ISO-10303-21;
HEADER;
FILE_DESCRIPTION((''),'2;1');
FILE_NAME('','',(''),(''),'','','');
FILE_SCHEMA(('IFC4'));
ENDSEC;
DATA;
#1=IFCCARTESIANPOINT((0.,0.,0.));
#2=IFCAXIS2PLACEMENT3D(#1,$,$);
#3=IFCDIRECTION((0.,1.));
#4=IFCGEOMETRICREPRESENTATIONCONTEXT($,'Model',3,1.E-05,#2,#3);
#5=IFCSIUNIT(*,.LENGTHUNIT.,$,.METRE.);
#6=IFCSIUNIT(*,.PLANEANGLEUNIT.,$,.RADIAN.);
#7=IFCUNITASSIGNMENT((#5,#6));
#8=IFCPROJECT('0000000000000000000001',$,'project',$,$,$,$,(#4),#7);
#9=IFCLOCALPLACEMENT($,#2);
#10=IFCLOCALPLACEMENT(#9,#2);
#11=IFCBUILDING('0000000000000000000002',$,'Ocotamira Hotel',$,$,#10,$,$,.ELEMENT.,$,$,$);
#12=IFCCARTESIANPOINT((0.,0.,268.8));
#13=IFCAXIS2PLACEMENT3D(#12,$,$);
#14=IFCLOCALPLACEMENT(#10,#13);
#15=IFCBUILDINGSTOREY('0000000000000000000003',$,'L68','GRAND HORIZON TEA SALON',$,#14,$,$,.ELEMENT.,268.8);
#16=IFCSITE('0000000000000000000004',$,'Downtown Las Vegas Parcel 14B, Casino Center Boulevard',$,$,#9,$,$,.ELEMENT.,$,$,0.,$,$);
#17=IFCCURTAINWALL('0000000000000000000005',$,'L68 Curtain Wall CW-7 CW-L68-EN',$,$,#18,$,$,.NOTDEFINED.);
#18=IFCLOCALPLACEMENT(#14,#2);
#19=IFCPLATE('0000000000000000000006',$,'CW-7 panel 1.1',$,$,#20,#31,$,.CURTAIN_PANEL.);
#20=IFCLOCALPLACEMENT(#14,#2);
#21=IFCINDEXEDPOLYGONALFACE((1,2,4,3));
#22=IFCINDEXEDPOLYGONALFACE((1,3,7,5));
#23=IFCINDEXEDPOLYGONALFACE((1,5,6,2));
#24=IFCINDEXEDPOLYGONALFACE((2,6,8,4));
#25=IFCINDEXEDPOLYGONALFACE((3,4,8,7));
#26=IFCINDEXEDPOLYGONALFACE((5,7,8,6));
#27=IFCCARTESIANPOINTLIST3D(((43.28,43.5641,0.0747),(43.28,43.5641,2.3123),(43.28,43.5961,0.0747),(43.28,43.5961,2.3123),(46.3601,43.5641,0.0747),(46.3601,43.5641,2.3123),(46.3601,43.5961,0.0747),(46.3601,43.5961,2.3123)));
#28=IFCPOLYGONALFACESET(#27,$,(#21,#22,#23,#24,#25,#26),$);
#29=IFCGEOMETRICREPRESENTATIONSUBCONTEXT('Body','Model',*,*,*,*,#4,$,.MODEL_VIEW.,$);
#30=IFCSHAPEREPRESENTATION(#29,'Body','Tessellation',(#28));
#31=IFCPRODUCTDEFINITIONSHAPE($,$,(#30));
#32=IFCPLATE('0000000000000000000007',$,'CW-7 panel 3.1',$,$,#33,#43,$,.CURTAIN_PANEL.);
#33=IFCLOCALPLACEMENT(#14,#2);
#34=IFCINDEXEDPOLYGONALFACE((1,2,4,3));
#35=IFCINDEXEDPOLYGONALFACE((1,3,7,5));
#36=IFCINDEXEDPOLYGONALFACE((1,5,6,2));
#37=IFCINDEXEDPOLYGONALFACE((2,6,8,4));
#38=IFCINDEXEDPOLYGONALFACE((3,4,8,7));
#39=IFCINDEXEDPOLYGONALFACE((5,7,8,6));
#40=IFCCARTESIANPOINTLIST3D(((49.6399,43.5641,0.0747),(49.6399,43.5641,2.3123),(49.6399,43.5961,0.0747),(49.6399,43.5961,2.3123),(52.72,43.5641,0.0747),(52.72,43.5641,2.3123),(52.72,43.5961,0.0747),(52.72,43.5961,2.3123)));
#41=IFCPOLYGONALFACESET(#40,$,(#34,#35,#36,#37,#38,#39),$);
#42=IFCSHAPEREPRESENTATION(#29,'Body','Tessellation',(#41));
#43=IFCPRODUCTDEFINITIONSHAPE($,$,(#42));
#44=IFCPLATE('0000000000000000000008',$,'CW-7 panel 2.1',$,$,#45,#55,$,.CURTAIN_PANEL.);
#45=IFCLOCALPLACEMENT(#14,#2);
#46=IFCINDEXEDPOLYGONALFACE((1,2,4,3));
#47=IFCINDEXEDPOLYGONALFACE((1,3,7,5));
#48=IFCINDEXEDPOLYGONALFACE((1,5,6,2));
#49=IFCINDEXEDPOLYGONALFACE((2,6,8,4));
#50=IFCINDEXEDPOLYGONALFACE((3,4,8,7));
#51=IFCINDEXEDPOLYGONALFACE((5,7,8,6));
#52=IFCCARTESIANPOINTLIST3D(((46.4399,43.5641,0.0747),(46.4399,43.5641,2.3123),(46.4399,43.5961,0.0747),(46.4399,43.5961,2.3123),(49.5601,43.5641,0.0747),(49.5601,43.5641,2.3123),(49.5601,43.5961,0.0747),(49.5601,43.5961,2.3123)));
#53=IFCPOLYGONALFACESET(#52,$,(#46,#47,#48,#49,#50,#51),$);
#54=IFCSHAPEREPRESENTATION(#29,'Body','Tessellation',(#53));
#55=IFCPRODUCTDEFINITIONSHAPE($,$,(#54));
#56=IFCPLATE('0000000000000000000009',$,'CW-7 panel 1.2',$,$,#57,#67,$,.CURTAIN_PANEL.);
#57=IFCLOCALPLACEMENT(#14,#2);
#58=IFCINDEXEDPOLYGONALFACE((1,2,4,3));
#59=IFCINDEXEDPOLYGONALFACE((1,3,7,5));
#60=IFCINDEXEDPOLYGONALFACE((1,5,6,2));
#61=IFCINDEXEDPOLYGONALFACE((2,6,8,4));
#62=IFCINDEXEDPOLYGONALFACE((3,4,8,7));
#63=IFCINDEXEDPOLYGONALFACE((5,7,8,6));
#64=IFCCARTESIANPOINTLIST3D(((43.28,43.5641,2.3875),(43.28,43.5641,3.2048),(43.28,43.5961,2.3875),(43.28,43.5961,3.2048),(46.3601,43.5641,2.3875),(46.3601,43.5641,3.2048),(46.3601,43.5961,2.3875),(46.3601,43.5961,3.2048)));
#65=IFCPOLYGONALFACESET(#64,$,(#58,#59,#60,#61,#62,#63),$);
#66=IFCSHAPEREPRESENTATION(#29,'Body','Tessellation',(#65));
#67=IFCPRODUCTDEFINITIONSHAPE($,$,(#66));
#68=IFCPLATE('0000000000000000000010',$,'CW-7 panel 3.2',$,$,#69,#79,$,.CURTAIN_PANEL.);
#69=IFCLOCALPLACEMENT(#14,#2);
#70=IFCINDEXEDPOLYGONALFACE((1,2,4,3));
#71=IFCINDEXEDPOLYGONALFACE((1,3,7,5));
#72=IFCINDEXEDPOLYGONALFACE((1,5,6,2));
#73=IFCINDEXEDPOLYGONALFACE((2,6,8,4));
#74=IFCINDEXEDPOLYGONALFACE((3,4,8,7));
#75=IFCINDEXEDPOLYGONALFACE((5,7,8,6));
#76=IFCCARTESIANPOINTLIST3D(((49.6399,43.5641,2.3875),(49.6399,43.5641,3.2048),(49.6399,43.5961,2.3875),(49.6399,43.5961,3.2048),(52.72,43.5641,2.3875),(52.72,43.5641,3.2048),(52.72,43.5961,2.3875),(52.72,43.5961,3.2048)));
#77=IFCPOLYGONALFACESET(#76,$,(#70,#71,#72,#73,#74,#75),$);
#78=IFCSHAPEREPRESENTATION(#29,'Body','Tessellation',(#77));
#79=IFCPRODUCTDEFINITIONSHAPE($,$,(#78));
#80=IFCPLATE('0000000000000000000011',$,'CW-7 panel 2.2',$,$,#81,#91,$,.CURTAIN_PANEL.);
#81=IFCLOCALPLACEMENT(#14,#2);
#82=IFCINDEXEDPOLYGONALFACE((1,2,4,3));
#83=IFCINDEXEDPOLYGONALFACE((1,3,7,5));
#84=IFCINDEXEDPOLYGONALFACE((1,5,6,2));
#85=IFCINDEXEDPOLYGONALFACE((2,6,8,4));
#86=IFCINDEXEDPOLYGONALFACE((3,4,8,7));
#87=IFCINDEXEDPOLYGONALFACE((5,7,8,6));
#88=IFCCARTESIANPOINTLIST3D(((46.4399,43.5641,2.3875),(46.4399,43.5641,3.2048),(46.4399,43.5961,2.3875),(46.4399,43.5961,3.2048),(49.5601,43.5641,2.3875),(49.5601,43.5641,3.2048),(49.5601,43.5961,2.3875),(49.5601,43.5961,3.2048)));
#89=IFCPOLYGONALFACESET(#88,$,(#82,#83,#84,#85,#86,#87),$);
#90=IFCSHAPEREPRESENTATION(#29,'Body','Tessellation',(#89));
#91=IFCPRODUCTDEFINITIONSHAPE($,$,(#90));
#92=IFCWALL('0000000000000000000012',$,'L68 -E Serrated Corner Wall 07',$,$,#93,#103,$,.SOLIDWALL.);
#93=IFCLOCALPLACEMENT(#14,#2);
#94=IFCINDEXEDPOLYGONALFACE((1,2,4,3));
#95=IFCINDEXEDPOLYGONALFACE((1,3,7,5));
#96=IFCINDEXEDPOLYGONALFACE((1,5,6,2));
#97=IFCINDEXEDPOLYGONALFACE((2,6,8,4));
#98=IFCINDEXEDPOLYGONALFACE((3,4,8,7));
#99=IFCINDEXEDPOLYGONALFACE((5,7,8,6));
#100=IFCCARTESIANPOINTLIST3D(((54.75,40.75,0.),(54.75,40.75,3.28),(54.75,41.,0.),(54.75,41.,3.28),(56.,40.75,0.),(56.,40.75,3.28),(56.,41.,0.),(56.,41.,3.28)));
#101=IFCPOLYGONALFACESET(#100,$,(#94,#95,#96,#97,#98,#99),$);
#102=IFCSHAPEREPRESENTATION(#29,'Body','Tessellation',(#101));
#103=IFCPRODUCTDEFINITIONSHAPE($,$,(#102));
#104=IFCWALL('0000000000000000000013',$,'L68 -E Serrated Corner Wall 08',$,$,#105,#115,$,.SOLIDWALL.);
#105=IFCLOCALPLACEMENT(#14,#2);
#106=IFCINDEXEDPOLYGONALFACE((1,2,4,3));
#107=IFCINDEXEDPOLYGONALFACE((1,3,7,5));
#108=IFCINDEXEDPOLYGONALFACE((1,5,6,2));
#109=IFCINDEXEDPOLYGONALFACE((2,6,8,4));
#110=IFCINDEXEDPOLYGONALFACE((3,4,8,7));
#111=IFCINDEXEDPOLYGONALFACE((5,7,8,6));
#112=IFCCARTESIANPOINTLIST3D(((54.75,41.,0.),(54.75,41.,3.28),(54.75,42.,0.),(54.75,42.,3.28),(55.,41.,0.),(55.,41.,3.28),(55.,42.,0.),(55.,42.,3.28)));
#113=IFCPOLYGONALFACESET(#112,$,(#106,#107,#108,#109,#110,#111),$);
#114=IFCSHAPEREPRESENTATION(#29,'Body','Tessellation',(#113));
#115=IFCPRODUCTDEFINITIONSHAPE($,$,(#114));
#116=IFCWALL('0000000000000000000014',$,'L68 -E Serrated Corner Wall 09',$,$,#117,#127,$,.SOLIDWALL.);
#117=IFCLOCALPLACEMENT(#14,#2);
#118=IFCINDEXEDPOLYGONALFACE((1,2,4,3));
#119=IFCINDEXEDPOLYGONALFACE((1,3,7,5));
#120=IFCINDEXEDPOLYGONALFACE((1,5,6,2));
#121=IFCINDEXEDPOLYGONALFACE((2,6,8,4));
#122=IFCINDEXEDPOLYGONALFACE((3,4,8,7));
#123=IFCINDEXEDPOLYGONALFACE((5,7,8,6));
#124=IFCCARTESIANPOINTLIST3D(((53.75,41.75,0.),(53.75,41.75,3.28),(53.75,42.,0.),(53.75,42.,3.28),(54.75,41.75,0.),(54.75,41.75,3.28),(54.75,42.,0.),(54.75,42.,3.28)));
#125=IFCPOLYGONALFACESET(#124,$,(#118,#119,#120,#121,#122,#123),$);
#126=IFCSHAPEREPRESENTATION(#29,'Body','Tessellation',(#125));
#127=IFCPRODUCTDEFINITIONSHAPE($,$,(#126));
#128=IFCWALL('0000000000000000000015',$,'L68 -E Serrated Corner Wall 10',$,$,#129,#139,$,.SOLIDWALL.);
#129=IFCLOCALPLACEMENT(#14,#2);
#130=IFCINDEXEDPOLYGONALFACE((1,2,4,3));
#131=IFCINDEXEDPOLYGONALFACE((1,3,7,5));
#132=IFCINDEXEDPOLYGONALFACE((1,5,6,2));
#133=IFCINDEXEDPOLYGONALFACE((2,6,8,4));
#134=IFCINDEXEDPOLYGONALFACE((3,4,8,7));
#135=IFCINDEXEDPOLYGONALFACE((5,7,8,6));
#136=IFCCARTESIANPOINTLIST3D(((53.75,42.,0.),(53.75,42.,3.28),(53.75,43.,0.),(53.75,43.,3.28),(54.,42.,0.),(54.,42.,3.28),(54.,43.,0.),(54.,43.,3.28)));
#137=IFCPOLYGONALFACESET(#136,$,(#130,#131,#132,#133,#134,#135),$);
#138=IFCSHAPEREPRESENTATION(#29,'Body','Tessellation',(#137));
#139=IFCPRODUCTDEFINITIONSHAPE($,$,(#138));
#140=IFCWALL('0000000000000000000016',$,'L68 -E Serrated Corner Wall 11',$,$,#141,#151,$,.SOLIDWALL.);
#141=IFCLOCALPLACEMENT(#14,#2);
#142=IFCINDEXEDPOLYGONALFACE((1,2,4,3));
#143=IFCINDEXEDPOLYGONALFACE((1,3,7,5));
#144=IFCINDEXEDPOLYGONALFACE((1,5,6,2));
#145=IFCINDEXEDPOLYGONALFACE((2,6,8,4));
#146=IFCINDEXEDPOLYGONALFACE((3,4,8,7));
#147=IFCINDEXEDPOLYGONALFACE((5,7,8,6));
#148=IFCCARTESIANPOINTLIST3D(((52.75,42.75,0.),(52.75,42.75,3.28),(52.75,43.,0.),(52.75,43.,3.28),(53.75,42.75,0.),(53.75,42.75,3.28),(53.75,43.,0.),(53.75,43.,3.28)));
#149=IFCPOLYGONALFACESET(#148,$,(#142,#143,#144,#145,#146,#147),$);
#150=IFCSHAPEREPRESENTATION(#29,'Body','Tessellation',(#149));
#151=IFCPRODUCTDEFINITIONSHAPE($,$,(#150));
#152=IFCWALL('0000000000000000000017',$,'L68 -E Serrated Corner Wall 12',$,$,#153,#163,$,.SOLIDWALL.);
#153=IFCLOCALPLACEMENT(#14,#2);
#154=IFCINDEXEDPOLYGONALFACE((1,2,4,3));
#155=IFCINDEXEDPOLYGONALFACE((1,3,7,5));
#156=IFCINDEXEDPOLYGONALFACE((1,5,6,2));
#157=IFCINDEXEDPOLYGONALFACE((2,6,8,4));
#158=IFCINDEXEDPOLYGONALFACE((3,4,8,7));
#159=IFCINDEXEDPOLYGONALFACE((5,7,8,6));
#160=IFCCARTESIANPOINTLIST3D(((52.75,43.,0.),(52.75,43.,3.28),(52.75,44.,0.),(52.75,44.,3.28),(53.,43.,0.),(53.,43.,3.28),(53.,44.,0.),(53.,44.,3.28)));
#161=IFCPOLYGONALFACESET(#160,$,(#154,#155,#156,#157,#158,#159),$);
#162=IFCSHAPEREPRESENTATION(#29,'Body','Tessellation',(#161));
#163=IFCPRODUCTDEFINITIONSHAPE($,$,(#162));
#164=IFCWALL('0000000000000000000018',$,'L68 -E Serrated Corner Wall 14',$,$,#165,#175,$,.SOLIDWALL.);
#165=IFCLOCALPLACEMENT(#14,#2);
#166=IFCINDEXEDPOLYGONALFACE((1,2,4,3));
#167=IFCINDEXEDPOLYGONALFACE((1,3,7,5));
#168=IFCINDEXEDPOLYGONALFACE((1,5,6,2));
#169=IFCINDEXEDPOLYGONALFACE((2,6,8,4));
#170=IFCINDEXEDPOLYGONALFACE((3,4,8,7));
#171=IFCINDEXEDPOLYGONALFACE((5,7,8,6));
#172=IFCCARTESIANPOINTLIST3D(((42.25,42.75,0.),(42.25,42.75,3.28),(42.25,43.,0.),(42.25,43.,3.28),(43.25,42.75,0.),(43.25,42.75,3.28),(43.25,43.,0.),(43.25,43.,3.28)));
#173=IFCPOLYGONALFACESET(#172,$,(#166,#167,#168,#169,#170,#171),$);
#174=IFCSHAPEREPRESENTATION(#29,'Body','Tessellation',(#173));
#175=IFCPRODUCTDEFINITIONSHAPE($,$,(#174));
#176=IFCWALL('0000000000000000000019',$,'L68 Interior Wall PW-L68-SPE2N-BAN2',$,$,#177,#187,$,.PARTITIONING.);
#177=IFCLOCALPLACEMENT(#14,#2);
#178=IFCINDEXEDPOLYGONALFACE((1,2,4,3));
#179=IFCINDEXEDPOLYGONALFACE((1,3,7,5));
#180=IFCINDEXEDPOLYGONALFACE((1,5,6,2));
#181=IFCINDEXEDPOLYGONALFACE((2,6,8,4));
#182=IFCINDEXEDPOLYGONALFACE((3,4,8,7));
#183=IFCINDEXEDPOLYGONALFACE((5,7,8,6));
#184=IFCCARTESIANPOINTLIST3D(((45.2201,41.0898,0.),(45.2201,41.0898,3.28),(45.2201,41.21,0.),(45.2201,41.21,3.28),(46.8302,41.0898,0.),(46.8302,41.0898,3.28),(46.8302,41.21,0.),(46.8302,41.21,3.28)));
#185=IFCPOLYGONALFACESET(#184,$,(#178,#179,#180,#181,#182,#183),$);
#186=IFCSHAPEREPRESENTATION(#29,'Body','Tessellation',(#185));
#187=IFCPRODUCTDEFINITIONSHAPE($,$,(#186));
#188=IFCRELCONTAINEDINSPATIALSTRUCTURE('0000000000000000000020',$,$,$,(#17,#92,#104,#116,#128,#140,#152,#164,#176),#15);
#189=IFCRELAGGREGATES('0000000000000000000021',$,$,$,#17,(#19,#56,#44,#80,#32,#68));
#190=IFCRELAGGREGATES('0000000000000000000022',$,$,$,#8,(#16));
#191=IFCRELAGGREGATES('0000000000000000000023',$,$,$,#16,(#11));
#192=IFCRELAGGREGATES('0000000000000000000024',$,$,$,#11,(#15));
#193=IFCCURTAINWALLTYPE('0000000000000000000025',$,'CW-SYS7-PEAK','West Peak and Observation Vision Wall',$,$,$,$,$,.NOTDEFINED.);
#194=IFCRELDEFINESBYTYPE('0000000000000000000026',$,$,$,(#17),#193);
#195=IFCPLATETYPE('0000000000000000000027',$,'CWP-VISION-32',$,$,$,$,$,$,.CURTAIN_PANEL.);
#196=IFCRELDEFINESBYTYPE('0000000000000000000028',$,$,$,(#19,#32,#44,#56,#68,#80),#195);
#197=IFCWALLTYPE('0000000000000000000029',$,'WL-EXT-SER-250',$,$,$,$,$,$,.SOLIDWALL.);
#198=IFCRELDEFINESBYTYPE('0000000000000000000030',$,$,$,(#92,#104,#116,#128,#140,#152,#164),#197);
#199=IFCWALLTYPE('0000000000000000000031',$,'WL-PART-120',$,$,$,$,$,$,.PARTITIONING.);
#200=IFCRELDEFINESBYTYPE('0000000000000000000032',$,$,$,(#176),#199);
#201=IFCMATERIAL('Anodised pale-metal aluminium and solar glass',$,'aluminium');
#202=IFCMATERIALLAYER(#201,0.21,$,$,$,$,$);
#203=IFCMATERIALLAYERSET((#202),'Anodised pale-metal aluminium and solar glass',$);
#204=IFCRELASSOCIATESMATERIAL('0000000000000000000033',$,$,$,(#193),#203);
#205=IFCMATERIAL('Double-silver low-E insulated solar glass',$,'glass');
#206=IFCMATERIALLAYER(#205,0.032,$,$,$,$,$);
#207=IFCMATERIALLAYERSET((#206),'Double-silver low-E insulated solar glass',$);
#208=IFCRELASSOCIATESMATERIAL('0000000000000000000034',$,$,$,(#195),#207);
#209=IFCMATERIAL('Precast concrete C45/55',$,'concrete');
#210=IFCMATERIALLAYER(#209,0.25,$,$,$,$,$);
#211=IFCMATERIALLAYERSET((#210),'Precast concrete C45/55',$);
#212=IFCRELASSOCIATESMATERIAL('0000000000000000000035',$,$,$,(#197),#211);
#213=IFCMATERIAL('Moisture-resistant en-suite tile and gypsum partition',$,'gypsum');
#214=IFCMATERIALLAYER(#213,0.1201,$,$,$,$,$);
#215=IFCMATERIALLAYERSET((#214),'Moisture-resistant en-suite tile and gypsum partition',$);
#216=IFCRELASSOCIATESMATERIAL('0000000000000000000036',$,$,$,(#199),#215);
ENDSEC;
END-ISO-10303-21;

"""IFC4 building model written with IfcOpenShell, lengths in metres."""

from ifc_helpers import new_model, si_unit, direction, frame, frame_2d, origin, origin_2d, place, context, subcontext, project, spatial, rectangle, extrude, source, transform, mapped, material, layer, layer_set, type_object, element, aggregate, save


model = new_model("IFC4")

# Units and contexts
model_context = context("Model", 3, precision=1e-05, world=origin(), true_north=direction((0.0, 1.0)))
body_context = subcontext(model_context, "Body", "Model", "MODEL_VIEW")
ifc_project = project(units=[si_unit("LENGTHUNIT", "METRE"), si_unit("PLANEANGLEUNIT", "RADIAN")], contexts=[model_context])

# Site, building, storey
site_placement = place(None, origin())
site = spatial("IfcSite", under=ifc_project, at=site_placement, Name="Downtown Las Vegas Parcel 14B, Casino Center Boulevard", CompositionType="ELEMENT", RefElevation=0.0)
building_placement = place(site_placement, origin())
building = spatial("IfcBuilding", under=site, at=building_placement, Name="Ocotamira Hotel", CompositionType="ELEMENT")
storey_placement = place(building_placement, frame((0.0, 0.0, 268.8)))
storey = spatial("IfcBuildingStorey", under=building, at=storey_placement, Name="L68", Description="GRAND HORIZON TEA SALON", CompositionType="ELEMENT", Elevation=268.8)

# Curtain wall, plates
ifc_material_1 = material(Name="Anodised pale-metal aluminium and solar glass", Category="aluminium")
ifc_layer_1 = layer(ifc_material_1, 0.21)
ifc_layer_set_1 = layer_set([ifc_layer_1], Name="Anodised pale-metal aluminium and solar glass")
curtain_wall_type = type_object("IfcCurtainWallType", Name="CW-SYS7-PEAK", Description="West Peak and Observation Vision Wall", PredefinedType="NOTDEFINED", material=ifc_layer_set_1)
curtain_wall_placement = place(storey_placement, origin())
curtain_wall = element("IfcCurtainWall", 1, at=curtain_wall_placement, inside=storey, type_object=curtain_wall_type, Name="L68 Curtain Wall CW-7 CW-L68-EN", PredefinedType="NOTDEFINED")
ifc_material_2 = material(Name="Double-silver low-E insulated solar glass", Category="glass")
ifc_layer_2 = layer(ifc_material_2, 0.032)
ifc_layer_set_2 = layer_set([ifc_layer_2], Name="Double-silver low-E insulated solar glass")
plate_type = type_object("IfcPlateType", Name="CWP-VISION-32", PredefinedType="CURTAIN_PANEL", material=ifc_layer_set_2)
shared_shape_1 = source(origin(), body_context, "Body", "SweptSolid", [
    extrude(rectangle(XDim=3.0801, YDim=0.032, at=origin_2d()), origin(), (0.0, 0.0, 1.0), 2.2375),
])
plate_1_placement = place(storey_placement, frame((44.8201, 43.5801, 0.0747), z_axis=(0.0, 0.0, 1.0), x_axis=(1.0, 0.0, 0.0)))
plate_1 = element("IfcPlate", 2, at=plate_1_placement, type_object=plate_type, Name="CW-7 panel 1.1", PredefinedType="CURTAIN_PANEL", context=body_context, shape_type="MappedRepresentation", body=[
    mapped(shared_shape_1, transform((0.0, 0.0, 0.0), scale=1.0)),
])
plate_2_placement = place(storey_placement, frame((51.1799, 43.5801, 0.0747), z_axis=(0.0, 0.0, 1.0), x_axis=(1.0, 0.0, 0.0)))
plate_2 = element("IfcPlate", 3, at=plate_2_placement, type_object=plate_type, Name="CW-7 panel 3.1", PredefinedType="CURTAIN_PANEL", context=body_context, shape_type="MappedRepresentation", body=[
    mapped(shared_shape_1, transform((0.0, 0.0, 0.0), scale=1.0)),
])
shared_shape_2 = source(origin(), body_context, "Body", "SweptSolid", [
    extrude(rectangle(XDim=3.1201, YDim=0.032, at=origin_2d()), origin(), (0.0, 0.0, 1.0), 2.2375),
])
plate_3_placement = place(storey_placement, frame((48.0, 43.5801, 0.0747), z_axis=(0.0, 0.0, 1.0), x_axis=(1.0, 0.0, 0.0)))
plate_3 = element("IfcPlate", 4, at=plate_3_placement, type_object=plate_type, Name="CW-7 panel 2.1", PredefinedType="CURTAIN_PANEL", context=body_context, shape_type="MappedRepresentation", body=[
    mapped(shared_shape_2, transform((0.0, 0.0, 0.0), scale=1.0)),
])
shared_shape_3 = source(origin(), body_context, "Body", "SweptSolid", [
    extrude(rectangle(XDim=3.0801, YDim=0.032, at=origin_2d()), origin(), (0.0, 0.0, 1.0), 0.8174),
])
plate_4_placement = place(storey_placement, frame((44.8201, 43.5801, 2.3875), z_axis=(0.0, 0.0, 1.0), x_axis=(1.0, 0.0, 0.0)))
plate_4 = element("IfcPlate", 5, at=plate_4_placement, type_object=plate_type, Name="CW-7 panel 1.2", PredefinedType="CURTAIN_PANEL", context=body_context, shape_type="MappedRepresentation", body=[
    mapped(shared_shape_3, transform((0.0, 0.0, 0.0), scale=1.0)),
])
plate_5_placement = place(storey_placement, frame((51.1799, 43.5801, 2.3875), z_axis=(0.0, 0.0, 1.0), x_axis=(1.0, 0.0, 0.0)))
plate_5 = element("IfcPlate", 6, at=plate_5_placement, type_object=plate_type, Name="CW-7 panel 3.2", PredefinedType="CURTAIN_PANEL", context=body_context, shape_type="MappedRepresentation", body=[
    mapped(shared_shape_3, transform((0.0, 0.0, 0.0), scale=1.0)),
])
shared_shape_4 = source(origin(), body_context, "Body", "SweptSolid", [
    extrude(rectangle(XDim=3.1201, YDim=0.032, at=origin_2d()), origin(), (0.0, 0.0, 1.0), 0.8174),
])
plate_6_placement = place(storey_placement, frame((48.0, 43.5801, 2.3875), z_axis=(0.0, 0.0, 1.0), x_axis=(1.0, 0.0, 0.0)))
plate_6 = element("IfcPlate", 7, at=plate_6_placement, type_object=plate_type, Name="CW-7 panel 2.2", PredefinedType="CURTAIN_PANEL", context=body_context, shape_type="MappedRepresentation", body=[
    mapped(shared_shape_4, transform((0.0, 0.0, 0.0), scale=1.0)),
])
aggregate(curtain_wall, [plate_1, plate_4, plate_3, plate_6, plate_2, plate_5])

# Walls
ifc_material_3 = material(Name="Precast concrete C45/55", Category="concrete")
ifc_layer_3 = layer(ifc_material_3, 0.25)
ifc_layer_set_3 = layer_set([ifc_layer_3], Name="Precast concrete C45/55")
wall_type_1 = type_object("IfcWallType", Name="WL-EXT-SER-250", PredefinedType="SOLIDWALL", material=ifc_layer_set_3)
wall_1_placement = place(storey_placement, frame((56.0, 40.875, 0.0), z_axis=(0.0, 0.0, 1.0), x_axis=(-1.0, 0.0, 0.0)))
element("IfcWall", 8, at=wall_1_placement, inside=storey, type_object=wall_type_1, Name="L68 -E Serrated Corner Wall 07", PredefinedType="SOLIDWALL", context=body_context, shape_type="SweptSolid", body=[
    extrude(rectangle(XDim=1.25, YDim=0.25, at=frame_2d((0.625, 0.0))), origin(), (0.0, 0.0, 1.0), 3.28),
])
for number, where, z_axis, x_axis, name in (
    (9, (54.875, 41.0, 0.0), (0.0, 0.0, 1.0), (0.0, 1.0, 0.0), "L68 -E Serrated Corner Wall 08"),
    (10, (54.75, 41.875, 0.0), (0.0, 0.0, 1.0), (-1.0, 0.0, 0.0), "L68 -E Serrated Corner Wall 09"),
    (11, (53.875, 42.0, 0.0), (0.0, 0.0, 1.0), (0.0, 1.0, 0.0), "L68 -E Serrated Corner Wall 10"),
    (12, (53.75, 42.875, 0.0), (0.0, 0.0, 1.0), (-1.0, 0.0, 0.0), "L68 -E Serrated Corner Wall 11"),
    (13, (52.875, 43.0, 0.0), (0.0, 0.0, 1.0), (0.0, 1.0, 0.0), "L68 -E Serrated Corner Wall 12"),
    (14, (43.25, 42.875, 0.0), (0.0, 0.0, 1.0), (-1.0, 0.0, 0.0), "L68 -E Serrated Corner Wall 14"),
):
    element("IfcWall", number, at=place(storey_placement, frame(where, z_axis=z_axis, x_axis=x_axis)), inside=storey, type_object=wall_type_1, Name=name, PredefinedType="SOLIDWALL", context=body_context, shape_type="SweptSolid", body=[
        extrude(rectangle(XDim=1.0, YDim=0.25, at=frame_2d((0.5, 0.0))), origin(), (0.0, 0.0, 1.0), 3.28),
    ])
ifc_material_4 = material(Name="Moisture-resistant en-suite tile and gypsum partition", Category="gypsum")
ifc_layer_4 = layer(ifc_material_4, 0.1201)
ifc_layer_set_4 = layer_set([ifc_layer_4], Name="Moisture-resistant en-suite tile and gypsum partition")
wall_type_2 = type_object("IfcWallType", Name="WL-PART-120", PredefinedType="PARTITIONING", material=ifc_layer_set_4)
wall_2_placement = place(storey_placement, frame((45.22, 41.1499, 0.0), z_axis=(0.0, 0.0, 1.0), x_axis=(1.0, 0.0, 0.0)))
element("IfcWall", 15, at=wall_2_placement, inside=storey, type_object=wall_type_2, Name="L68 Interior Wall PW-L68-SPE2N-BAN2", PredefinedType="PARTITIONING", context=body_context, shape_type="SweptSolid", body=[
    extrude(rectangle(XDim=1.6101, YDim=0.1201, at=frame_2d((0.8052, 0.0))), origin(), (0.0, 0.0, 1.0), 3.28),
])

save(model, "model.ifc")
